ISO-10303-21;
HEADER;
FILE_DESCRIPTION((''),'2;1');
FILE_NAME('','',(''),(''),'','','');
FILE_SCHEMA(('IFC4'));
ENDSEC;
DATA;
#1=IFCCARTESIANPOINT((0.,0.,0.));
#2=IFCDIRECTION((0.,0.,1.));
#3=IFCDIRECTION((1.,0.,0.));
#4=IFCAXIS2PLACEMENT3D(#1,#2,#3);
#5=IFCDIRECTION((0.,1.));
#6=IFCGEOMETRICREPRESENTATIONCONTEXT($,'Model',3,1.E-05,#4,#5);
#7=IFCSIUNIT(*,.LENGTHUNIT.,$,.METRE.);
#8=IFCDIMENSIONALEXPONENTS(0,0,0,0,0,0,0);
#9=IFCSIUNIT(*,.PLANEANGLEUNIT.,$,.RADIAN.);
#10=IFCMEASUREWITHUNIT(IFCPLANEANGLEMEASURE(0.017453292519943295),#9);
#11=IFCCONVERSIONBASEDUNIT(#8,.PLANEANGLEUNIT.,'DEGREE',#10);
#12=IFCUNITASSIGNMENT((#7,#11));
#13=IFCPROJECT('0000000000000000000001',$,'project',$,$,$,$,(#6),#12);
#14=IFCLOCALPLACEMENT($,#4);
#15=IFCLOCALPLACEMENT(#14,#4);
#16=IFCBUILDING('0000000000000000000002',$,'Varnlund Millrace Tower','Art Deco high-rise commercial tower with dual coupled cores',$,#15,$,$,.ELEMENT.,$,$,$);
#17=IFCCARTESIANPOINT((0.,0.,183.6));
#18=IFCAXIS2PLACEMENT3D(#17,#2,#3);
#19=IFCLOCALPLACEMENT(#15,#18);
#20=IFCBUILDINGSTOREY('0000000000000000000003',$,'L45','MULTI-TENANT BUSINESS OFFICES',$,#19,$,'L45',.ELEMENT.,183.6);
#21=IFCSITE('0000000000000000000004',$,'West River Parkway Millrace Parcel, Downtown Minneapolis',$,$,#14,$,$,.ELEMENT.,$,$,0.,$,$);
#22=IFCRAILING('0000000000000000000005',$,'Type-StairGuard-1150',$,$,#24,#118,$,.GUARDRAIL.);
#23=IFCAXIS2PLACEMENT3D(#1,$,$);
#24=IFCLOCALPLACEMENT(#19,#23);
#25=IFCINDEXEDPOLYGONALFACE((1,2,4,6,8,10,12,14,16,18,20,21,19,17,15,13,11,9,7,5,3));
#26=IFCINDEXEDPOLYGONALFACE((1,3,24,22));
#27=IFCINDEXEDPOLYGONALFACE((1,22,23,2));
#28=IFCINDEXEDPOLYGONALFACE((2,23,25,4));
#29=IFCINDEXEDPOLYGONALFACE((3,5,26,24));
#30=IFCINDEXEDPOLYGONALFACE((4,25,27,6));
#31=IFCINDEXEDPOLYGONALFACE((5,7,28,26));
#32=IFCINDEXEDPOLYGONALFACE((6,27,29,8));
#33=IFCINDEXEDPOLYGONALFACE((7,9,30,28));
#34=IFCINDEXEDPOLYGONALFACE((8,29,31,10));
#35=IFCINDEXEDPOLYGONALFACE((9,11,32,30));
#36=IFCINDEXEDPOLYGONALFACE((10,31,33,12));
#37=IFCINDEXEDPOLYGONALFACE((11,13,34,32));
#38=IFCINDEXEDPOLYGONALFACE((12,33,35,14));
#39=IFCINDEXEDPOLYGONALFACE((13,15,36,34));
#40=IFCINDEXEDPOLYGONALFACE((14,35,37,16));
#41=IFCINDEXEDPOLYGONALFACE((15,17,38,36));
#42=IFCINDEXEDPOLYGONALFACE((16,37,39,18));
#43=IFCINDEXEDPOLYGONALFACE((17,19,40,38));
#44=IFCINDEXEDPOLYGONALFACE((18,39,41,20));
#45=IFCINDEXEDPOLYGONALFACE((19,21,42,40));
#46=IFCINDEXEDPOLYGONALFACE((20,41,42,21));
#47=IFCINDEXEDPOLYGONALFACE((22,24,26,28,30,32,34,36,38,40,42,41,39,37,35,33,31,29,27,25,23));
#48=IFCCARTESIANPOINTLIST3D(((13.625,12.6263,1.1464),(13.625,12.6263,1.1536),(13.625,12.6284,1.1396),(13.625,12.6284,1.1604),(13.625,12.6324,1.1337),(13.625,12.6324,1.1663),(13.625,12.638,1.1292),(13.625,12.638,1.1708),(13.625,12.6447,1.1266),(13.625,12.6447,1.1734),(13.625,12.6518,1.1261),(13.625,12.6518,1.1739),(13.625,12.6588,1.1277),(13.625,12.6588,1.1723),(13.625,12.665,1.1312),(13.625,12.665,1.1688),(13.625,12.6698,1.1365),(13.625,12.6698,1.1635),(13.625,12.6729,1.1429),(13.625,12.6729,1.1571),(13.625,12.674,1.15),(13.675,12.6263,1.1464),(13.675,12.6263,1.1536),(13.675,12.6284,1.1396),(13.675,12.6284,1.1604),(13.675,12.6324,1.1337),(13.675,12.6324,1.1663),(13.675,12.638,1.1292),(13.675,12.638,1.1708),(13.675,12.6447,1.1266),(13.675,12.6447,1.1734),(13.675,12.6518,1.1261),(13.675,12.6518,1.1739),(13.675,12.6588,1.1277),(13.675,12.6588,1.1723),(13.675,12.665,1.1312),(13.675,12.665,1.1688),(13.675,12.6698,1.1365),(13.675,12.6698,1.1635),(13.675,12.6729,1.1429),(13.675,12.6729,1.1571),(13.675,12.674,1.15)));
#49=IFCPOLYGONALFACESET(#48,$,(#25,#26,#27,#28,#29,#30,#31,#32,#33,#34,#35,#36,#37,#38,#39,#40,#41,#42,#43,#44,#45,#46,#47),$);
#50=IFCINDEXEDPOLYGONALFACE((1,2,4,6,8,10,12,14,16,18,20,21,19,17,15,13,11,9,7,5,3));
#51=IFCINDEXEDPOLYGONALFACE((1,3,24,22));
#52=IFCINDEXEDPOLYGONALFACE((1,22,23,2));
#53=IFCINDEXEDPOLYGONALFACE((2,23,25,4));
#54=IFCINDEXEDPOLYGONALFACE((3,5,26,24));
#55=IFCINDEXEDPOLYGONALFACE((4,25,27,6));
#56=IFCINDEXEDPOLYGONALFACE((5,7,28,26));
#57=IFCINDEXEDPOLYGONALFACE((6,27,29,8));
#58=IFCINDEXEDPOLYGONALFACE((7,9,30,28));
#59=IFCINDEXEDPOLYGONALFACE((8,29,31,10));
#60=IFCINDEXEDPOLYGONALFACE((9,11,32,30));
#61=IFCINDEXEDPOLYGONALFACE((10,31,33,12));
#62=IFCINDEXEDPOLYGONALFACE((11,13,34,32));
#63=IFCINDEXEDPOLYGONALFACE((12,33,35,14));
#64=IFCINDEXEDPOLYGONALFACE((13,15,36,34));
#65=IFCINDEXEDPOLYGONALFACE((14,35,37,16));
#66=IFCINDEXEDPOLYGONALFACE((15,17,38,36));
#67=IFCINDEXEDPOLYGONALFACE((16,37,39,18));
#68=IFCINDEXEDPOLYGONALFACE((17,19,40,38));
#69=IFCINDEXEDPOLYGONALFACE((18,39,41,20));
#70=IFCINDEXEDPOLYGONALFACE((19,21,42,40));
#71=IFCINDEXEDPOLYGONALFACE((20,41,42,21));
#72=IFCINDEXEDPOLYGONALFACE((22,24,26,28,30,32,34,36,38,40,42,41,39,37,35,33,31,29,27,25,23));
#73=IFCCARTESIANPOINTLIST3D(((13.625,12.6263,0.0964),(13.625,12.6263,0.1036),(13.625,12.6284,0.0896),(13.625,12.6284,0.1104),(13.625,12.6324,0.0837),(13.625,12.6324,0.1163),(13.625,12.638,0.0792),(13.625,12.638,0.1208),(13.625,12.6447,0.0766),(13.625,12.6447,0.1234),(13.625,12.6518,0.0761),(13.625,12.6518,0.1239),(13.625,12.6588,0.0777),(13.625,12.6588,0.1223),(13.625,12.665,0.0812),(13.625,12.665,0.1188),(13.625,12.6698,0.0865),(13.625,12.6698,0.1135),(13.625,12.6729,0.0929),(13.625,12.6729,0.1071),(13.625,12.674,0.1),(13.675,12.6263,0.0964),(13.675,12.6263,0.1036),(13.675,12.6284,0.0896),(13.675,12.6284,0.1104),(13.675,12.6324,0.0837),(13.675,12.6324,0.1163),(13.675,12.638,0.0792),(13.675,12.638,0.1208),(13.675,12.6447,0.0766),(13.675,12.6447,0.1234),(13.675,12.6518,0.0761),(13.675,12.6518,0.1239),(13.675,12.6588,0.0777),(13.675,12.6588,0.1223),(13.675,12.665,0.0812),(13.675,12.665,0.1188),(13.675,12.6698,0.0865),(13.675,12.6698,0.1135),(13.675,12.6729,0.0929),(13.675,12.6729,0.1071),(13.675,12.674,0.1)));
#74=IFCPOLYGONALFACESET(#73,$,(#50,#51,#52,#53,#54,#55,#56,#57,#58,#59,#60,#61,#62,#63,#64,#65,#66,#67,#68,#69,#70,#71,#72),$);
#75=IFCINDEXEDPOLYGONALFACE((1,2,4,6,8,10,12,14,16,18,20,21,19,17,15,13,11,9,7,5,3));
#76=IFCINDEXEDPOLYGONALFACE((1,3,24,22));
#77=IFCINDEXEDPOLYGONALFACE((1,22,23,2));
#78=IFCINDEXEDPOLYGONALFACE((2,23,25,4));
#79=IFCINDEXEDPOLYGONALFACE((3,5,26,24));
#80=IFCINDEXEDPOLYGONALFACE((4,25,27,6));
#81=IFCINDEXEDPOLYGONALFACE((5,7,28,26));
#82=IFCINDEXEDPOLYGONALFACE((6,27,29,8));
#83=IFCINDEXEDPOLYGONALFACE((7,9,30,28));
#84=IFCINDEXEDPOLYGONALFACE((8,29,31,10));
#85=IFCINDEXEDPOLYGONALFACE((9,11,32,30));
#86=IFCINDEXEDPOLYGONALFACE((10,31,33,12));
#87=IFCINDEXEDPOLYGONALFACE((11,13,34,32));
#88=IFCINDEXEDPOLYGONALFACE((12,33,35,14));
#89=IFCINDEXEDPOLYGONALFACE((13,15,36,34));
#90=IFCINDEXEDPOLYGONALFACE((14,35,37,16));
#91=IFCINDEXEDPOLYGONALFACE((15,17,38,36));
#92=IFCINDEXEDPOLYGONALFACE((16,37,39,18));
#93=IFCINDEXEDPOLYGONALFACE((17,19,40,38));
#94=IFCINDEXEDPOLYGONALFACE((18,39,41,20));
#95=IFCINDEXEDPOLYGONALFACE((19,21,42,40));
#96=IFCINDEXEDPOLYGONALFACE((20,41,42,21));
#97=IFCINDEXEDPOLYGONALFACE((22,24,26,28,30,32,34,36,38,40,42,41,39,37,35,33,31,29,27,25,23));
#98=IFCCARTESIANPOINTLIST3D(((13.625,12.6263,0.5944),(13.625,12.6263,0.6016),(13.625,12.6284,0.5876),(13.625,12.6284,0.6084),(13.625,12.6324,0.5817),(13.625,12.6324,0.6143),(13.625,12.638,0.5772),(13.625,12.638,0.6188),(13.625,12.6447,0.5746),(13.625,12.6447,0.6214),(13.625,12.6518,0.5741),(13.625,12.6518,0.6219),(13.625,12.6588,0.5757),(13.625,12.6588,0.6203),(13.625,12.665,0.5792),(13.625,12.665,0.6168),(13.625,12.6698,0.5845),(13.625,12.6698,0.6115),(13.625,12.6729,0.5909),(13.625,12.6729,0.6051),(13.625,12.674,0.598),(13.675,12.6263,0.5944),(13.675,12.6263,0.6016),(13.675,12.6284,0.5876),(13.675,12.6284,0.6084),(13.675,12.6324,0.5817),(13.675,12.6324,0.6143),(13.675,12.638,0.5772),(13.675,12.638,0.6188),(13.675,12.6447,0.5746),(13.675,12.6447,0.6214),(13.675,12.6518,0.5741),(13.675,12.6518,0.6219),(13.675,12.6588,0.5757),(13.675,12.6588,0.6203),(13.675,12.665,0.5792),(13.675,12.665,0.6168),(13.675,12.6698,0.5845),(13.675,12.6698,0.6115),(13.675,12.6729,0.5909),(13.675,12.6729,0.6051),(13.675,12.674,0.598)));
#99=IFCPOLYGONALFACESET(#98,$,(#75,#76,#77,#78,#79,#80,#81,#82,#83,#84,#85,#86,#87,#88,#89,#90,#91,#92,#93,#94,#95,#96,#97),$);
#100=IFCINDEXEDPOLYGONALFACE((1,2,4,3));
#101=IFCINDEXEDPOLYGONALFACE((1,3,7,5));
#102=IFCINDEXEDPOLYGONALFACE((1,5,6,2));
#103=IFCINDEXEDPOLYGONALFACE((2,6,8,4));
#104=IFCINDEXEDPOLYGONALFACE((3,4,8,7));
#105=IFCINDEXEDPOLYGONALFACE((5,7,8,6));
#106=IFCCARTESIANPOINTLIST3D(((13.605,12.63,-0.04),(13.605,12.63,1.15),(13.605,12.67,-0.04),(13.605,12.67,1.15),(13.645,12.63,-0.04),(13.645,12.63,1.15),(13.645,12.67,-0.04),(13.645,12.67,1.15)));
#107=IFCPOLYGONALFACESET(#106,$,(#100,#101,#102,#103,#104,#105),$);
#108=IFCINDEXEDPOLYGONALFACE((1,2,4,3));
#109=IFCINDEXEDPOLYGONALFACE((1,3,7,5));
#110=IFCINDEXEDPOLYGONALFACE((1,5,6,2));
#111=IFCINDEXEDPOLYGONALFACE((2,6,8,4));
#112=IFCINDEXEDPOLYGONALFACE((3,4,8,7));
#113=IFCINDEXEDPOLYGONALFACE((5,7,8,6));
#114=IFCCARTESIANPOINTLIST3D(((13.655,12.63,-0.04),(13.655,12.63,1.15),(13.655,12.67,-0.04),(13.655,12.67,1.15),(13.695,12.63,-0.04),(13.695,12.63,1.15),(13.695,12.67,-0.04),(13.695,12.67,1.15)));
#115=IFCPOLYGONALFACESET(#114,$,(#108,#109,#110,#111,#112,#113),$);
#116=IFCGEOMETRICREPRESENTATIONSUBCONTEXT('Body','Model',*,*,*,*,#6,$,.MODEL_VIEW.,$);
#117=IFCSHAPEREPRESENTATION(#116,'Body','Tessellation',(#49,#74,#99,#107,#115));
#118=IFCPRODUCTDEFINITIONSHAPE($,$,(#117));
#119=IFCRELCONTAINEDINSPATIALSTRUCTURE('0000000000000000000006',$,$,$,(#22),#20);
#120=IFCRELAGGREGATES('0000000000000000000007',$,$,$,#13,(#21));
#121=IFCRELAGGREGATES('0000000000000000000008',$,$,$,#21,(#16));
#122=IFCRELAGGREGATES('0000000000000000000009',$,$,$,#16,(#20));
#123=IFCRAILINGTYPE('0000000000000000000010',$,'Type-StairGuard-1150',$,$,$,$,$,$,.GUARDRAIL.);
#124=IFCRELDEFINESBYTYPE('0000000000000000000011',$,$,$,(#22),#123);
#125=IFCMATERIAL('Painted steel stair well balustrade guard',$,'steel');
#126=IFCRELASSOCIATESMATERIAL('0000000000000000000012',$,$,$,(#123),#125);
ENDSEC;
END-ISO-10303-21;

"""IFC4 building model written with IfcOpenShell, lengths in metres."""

from ifc_helpers import new_model, entity, si_unit, converted_unit, direction, frame, origin_with_axes, origin_2d_with_axis, place, context, subcontext, project, spatial, rectangle, circle, extrude, material, type_object, element, save


model = new_model("IFC4")

# Units and contexts
model_context = context("Model", 3, precision=1e-05, world=origin_with_axes(), true_north=direction((0.0, 1.0)))
body_context = subcontext(model_context, "Body", "Model", "MODEL_VIEW")
ifc_project = project(units=[si_unit("LENGTHUNIT", "METRE"), converted_unit("PLANEANGLEUNIT", "DEGREE", entity("IfcPlaneAngleMeasure", 0.017453292519943295), si_unit("PLANEANGLEUNIT", "RADIAN"), dimensions=[0, 0, 0, 0, 0, 0, 0])], contexts=[model_context])

# Site, building, storey
site_placement = place(None, origin_with_axes())
site = spatial("IfcSite", under=ifc_project, at=site_placement, Name="West River Parkway Millrace Parcel, Downtown Minneapolis", CompositionType="ELEMENT", RefElevation=0.0)
building_placement = place(site_placement, origin_with_axes())
building = spatial("IfcBuilding", under=site, at=building_placement, Name="Varnlund Millrace Tower", Description="Art Deco high-rise commercial tower with dual coupled cores", CompositionType="ELEMENT")
storey_placement = place(building_placement, frame((0.0, 0.0, 183.6), z_axis=(0.0, 0.0, 1.0), x_axis=(1.0, 0.0, 0.0)))
storey = spatial("IfcBuildingStorey", under=building, at=storey_placement, Name="L45", Description="MULTI-TENANT BUSINESS OFFICES", LongName="L45", CompositionType="ELEMENT", Elevation=183.6)

# Railing
ifc_material_1 = material(Name="Painted steel stair well balustrade guard", Category="steel")
railing_type_1 = type_object("IfcRailingType", Name="Type-StairGuard-1150", PredefinedType="GUARDRAIL", material=ifc_material_1)
railing_1_placement = place(storey_placement, frame((0.0, 0.0, -183.6), z_axis=(0.0, 0.0, 1.0), x_axis=(1.0, 0.0, 0.0)))
element("IfcRailing", 1, at=railing_1_placement, inside=storey, type_object=railing_type_1, Name="Type-StairGuard-1150", PredefinedType="GUARDRAIL", context=body_context, shape_type="SweptSolid", body=[
    extrude(circle(Radius=0.024, at=origin_2d_with_axis()), frame((13.625, 12.65, 184.75), z_axis=(1.0, 0.0, 0.0), x_axis=(0.0, 1.0, 0.0)), (0.0, 0.0, 1.0), 0.05),
    extrude(circle(Radius=0.024, at=origin_2d_with_axis()), frame((13.625, 12.65, 183.7), z_axis=(1.0, 0.0, 0.0), x_axis=(0.0, 1.0, 0.0)), (0.0, 0.0, 1.0), 0.05),
    extrude(circle(Radius=0.024, at=origin_2d_with_axis()), frame((13.625, 12.65, 184.198), z_axis=(1.0, 0.0, 0.0), x_axis=(0.0, 1.0, 0.0)), (0.0, 0.0, 1.0), 0.05),
    extrude(rectangle(XDim=0.04, YDim=0.04, at=origin_2d_with_axis()), frame((13.625, 12.65, 183.56), z_axis=(0.0, 0.0, 1.0), x_axis=(1.0, 0.0, 0.0)), (0.0, 0.0, 1.0), 1.19),
    extrude(rectangle(XDim=0.04, YDim=0.04, at=origin_2d_with_axis()), frame((13.675, 12.65, 183.56), z_axis=(0.0, 0.0, 1.0), x_axis=(1.0, 0.0, 0.0)), (0.0, 0.0, 1.0), 1.19),
])

save(model, "model.ifc")
